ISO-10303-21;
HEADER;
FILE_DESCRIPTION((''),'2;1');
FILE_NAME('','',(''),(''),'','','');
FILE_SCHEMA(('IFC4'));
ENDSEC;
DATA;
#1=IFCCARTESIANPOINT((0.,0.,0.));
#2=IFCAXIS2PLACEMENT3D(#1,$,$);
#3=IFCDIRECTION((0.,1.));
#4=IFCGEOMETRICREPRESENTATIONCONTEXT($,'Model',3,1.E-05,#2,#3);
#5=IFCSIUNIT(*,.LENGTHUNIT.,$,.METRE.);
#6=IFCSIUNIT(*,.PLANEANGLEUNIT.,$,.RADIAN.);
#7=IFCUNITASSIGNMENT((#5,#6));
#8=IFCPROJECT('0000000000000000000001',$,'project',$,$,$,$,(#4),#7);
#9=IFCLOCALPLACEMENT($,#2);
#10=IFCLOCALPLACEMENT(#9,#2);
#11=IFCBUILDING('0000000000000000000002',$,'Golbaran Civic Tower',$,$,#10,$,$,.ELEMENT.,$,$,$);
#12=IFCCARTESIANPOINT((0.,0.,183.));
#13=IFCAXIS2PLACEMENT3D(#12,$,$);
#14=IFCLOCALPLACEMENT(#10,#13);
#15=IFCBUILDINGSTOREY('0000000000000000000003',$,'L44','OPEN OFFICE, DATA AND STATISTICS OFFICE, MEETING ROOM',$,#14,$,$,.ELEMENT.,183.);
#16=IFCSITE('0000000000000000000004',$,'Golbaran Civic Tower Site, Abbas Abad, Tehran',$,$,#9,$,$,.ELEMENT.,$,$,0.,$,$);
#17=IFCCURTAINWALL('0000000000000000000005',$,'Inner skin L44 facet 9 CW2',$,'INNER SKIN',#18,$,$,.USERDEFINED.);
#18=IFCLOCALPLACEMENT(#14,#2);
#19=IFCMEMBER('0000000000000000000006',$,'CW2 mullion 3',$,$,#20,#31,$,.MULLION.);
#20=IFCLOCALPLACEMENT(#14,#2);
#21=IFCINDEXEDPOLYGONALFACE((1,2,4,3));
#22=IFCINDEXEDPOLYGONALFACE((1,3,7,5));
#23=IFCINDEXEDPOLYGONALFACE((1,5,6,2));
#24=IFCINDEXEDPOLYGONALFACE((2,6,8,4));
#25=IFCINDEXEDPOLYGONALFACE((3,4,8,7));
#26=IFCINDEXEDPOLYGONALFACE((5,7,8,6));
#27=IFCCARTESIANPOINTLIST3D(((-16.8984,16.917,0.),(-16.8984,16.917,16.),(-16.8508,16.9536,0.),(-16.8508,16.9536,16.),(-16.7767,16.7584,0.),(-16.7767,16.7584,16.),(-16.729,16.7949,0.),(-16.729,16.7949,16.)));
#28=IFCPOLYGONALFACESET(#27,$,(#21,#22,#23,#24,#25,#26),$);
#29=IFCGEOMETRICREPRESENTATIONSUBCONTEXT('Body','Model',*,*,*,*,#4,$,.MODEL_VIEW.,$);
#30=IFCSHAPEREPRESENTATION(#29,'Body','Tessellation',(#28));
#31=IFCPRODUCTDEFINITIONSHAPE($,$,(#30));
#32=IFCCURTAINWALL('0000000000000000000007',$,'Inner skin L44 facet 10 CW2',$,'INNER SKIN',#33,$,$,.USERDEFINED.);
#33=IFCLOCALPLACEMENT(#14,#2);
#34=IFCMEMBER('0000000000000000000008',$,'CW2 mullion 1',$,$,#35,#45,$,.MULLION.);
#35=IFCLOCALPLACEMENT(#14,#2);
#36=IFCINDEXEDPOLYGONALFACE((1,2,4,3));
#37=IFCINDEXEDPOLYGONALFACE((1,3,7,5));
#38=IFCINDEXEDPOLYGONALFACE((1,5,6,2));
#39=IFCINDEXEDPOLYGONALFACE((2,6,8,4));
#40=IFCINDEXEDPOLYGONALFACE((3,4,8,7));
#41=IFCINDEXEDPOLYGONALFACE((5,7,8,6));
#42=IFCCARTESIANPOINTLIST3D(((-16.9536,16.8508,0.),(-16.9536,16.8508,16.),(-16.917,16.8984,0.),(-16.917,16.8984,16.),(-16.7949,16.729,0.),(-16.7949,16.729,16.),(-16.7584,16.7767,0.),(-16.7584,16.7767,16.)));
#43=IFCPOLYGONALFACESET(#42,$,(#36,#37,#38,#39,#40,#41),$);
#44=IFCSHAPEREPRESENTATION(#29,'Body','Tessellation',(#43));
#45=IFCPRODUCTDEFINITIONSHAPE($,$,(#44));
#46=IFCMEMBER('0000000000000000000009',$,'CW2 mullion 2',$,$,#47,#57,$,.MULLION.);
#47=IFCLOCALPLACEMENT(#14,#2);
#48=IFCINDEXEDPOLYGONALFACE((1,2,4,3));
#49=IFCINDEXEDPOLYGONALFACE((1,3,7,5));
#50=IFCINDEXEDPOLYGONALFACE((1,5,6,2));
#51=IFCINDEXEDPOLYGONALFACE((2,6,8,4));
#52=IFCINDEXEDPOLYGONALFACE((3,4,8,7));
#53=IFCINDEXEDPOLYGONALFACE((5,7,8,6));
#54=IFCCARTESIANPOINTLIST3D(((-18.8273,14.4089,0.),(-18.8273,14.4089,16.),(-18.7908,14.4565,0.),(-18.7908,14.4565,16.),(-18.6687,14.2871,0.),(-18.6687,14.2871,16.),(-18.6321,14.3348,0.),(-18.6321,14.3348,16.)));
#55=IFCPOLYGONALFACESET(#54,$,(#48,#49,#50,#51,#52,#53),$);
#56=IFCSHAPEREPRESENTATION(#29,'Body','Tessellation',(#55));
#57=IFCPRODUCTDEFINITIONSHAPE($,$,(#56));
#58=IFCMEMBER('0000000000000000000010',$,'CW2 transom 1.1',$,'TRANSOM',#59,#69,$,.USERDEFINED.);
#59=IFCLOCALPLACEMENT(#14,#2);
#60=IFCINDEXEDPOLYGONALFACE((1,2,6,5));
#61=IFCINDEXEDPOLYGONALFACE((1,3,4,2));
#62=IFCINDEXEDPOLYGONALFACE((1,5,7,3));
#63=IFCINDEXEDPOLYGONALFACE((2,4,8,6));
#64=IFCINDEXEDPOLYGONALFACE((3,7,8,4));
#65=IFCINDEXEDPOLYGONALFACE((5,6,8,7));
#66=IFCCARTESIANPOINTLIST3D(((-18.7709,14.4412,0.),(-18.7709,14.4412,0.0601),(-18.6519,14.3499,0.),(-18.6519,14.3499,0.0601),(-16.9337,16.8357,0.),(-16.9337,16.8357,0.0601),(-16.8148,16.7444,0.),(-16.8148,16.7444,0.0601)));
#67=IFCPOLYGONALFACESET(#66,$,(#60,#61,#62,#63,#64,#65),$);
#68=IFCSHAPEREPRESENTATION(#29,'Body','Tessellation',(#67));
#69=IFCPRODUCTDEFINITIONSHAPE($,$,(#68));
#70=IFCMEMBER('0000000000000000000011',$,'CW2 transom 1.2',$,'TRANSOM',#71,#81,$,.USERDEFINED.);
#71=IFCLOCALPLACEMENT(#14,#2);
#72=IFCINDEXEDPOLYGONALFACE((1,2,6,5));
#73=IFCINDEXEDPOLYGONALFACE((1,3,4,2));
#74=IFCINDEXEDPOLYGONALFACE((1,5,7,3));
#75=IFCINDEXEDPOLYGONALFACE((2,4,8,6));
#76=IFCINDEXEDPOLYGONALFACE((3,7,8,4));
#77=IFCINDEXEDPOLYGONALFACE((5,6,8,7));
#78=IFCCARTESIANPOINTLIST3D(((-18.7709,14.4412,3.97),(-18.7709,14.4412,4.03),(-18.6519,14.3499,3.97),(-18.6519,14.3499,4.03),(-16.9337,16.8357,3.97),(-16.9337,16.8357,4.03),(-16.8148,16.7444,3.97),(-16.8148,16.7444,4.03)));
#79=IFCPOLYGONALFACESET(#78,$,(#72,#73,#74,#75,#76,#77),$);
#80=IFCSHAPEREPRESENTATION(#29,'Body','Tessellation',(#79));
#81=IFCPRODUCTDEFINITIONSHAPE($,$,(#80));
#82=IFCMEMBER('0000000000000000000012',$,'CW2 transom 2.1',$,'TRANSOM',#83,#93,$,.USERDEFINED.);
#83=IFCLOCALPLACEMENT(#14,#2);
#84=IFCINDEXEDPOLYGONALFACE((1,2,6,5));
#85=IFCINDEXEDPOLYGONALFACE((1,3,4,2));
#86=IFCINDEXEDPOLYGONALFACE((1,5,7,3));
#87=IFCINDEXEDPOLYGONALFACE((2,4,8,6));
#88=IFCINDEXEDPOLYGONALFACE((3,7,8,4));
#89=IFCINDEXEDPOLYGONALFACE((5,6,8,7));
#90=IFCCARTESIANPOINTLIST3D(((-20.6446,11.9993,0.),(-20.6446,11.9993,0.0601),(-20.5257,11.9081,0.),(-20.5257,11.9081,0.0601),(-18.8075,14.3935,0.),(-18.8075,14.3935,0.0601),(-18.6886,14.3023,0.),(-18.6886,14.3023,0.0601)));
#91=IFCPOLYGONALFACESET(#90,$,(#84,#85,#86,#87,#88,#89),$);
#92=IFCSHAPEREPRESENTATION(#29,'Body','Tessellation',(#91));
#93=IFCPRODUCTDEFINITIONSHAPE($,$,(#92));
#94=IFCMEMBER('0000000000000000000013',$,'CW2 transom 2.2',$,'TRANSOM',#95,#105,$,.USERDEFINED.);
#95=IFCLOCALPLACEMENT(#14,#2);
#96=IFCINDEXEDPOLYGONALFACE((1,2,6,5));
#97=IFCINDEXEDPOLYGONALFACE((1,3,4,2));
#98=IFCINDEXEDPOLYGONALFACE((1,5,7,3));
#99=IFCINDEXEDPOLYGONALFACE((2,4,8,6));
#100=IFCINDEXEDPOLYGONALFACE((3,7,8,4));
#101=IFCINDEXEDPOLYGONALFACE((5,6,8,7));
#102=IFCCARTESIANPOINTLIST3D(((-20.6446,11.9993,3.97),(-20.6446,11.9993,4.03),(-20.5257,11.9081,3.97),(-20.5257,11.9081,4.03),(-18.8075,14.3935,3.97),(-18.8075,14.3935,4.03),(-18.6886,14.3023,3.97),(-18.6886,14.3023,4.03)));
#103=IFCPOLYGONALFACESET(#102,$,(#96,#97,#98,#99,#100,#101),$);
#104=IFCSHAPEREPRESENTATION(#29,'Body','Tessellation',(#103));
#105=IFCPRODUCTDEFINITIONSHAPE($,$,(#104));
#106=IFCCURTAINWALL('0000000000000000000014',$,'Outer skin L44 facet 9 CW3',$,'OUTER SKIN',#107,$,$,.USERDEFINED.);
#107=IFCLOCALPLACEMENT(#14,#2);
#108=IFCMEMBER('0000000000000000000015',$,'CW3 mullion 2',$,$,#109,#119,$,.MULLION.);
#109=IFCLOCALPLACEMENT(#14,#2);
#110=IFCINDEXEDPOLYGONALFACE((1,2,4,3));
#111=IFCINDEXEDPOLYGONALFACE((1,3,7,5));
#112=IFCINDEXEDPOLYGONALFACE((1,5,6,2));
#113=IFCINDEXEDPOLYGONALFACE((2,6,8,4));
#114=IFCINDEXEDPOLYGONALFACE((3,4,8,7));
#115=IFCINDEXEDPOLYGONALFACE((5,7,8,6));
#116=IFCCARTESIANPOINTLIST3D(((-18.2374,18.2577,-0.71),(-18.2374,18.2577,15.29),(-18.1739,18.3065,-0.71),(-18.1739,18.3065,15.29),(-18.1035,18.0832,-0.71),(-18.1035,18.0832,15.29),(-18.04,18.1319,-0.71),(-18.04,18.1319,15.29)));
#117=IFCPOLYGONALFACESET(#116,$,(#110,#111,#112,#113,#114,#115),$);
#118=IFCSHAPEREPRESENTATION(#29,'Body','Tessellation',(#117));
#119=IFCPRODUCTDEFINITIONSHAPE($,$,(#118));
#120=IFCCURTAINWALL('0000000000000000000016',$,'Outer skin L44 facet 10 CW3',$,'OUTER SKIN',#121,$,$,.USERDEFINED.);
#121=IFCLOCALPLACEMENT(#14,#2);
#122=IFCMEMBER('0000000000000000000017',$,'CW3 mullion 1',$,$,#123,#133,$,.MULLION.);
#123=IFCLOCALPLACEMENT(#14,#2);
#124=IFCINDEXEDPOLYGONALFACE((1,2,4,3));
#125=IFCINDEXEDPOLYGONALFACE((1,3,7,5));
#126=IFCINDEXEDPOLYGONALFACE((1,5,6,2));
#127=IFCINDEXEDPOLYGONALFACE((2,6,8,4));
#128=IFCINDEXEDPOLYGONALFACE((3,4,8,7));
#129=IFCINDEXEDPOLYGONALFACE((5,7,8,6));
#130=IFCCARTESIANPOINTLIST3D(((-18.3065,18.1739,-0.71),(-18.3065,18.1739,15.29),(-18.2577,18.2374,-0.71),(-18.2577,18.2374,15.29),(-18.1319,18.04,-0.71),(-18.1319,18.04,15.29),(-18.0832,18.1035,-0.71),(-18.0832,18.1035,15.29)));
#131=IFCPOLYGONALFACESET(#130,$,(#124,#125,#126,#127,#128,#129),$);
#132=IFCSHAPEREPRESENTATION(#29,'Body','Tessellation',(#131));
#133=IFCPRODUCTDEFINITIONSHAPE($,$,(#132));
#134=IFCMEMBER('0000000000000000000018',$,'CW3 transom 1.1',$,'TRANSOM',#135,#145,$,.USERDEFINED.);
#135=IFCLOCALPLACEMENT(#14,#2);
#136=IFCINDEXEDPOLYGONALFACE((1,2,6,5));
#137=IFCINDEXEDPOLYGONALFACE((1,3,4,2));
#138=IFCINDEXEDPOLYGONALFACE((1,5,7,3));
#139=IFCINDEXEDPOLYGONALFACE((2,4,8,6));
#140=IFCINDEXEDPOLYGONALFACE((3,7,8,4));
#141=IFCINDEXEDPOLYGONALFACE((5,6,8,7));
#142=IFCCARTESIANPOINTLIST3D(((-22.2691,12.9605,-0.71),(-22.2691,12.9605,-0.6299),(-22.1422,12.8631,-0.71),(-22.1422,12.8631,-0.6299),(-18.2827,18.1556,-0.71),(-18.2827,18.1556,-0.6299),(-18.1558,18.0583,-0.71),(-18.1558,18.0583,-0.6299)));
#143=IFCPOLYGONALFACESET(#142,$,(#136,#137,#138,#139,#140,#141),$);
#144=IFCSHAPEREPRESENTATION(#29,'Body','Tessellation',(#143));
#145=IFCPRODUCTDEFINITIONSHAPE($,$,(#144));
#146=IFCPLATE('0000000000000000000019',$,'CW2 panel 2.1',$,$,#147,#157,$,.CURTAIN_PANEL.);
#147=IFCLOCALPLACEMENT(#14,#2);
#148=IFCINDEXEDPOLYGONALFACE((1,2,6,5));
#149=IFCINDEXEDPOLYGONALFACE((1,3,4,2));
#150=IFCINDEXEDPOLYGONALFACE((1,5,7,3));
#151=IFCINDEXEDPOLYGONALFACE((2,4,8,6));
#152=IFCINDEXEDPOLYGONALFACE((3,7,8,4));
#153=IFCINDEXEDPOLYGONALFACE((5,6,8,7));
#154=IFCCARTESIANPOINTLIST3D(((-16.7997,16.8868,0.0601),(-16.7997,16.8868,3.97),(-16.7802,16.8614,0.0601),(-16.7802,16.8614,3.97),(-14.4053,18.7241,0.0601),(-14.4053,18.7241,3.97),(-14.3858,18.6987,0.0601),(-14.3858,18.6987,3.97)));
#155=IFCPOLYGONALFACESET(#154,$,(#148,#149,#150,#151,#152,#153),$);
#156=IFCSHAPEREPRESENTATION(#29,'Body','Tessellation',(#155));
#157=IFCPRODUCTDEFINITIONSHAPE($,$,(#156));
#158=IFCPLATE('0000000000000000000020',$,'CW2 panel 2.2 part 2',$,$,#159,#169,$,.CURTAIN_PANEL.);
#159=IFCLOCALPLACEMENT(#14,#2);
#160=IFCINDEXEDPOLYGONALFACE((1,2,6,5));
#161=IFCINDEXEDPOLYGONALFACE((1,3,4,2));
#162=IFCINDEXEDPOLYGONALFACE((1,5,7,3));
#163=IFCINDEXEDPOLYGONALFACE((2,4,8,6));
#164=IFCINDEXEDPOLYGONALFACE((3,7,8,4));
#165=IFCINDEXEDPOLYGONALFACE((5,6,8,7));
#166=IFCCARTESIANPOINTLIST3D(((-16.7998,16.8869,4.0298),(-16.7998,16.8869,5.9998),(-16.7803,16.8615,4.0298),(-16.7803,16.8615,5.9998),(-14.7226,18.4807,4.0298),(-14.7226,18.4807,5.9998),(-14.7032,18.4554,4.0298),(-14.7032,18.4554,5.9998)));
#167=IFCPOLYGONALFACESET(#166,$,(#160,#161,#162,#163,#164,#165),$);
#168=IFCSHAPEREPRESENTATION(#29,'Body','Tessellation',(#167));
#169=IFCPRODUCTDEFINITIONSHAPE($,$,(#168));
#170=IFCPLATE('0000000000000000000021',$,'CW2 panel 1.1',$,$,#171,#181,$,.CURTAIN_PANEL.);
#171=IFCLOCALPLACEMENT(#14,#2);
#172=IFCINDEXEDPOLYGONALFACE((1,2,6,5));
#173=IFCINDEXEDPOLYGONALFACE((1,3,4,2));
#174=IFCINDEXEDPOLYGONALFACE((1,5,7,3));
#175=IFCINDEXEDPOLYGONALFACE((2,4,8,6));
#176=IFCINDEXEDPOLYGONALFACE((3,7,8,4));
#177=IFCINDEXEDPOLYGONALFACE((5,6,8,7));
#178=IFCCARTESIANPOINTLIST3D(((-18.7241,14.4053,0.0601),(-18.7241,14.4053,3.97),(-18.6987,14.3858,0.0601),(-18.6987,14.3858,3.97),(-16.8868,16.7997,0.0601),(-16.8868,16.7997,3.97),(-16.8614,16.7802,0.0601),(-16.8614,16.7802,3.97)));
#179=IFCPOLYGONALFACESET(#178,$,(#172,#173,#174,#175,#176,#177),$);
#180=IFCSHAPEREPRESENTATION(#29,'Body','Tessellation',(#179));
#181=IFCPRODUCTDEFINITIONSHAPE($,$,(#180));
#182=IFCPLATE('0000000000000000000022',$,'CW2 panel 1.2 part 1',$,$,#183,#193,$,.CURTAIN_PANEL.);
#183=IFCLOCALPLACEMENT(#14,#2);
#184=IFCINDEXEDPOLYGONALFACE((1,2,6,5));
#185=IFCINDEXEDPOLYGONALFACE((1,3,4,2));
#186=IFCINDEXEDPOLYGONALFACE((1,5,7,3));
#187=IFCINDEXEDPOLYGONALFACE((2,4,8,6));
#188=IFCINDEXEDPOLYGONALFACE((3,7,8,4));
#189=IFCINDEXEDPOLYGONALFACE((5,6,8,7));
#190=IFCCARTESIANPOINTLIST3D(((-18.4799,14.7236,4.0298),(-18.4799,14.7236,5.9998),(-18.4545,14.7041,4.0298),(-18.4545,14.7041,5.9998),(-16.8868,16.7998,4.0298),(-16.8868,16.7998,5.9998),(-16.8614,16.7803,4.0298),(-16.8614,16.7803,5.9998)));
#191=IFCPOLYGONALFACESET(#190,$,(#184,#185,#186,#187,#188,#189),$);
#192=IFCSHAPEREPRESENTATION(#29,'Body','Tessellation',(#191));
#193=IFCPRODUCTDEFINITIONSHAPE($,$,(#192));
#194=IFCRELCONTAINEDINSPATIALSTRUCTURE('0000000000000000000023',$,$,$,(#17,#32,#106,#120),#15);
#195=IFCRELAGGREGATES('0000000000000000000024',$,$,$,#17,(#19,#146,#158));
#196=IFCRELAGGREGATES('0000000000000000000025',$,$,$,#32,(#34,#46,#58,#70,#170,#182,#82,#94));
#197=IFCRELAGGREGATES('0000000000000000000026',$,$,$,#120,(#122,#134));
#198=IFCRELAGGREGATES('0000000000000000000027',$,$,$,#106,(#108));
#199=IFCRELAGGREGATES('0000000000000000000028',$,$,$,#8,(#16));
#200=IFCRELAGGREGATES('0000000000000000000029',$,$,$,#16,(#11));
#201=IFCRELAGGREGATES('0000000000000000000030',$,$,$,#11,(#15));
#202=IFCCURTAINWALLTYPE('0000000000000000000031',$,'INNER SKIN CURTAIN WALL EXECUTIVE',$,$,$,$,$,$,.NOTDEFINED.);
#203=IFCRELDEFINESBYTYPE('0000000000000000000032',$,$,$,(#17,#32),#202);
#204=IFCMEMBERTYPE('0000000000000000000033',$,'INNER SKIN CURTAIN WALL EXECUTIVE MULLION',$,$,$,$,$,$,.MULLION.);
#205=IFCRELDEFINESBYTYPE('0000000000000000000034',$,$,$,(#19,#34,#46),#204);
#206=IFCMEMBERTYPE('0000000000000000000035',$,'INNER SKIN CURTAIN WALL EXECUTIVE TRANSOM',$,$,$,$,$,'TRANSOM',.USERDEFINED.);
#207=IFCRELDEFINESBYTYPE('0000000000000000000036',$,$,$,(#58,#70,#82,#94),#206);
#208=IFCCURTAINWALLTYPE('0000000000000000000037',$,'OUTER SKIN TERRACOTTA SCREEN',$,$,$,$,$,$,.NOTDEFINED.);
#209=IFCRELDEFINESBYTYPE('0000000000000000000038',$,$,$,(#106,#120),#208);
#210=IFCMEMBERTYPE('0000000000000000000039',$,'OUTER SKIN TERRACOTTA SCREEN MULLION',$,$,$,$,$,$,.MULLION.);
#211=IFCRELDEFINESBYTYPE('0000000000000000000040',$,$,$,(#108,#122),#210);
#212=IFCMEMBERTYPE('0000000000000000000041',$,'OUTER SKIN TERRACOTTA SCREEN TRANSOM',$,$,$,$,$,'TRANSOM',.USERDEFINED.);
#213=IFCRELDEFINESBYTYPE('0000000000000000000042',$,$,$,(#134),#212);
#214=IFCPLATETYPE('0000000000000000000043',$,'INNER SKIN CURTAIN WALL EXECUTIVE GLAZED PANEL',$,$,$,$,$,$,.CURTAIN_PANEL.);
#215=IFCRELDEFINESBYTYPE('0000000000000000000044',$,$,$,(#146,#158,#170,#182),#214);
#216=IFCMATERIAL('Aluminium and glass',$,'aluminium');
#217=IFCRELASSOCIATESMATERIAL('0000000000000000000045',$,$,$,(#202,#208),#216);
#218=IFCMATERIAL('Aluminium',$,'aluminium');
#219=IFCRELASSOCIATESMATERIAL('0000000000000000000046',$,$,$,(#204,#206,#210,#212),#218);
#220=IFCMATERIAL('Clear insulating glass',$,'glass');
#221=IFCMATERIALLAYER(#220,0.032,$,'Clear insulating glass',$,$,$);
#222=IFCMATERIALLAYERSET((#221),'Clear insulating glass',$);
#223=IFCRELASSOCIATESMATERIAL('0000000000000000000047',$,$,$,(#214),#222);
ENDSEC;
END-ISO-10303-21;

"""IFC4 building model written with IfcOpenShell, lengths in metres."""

from ifc_helpers import new_model, si_unit, direction, frame, origin, origin_2d, place, context, subcontext, project, spatial, rectangle, extrude, material, layer, layer_set, material_profile, profile_set, type_object, element, aggregate, save


model = new_model("IFC4")

# Units and contexts
model_context = context("Model", 3, precision=1e-05, world=origin(), true_north=direction((0.0, 1.0)))
body_context = subcontext(model_context, "Body", "Model", "MODEL_VIEW")
ifc_project = project(units=[si_unit("LENGTHUNIT", "METRE"), si_unit("PLANEANGLEUNIT", "RADIAN")], contexts=[model_context])

# Site, building, storey
site_placement = place(None, origin())
site = spatial("IfcSite", under=ifc_project, at=site_placement, Name="Golbaran Civic Tower Site, Abbas Abad, Tehran", CompositionType="ELEMENT", RefElevation=0.0)
building_placement = place(site_placement, origin())
building = spatial("IfcBuilding", under=site, at=building_placement, Name="Golbaran Civic Tower", CompositionType="ELEMENT")
storey_placement = place(building_placement, frame((0.0, 0.0, 183.0)))
storey = spatial("IfcBuildingStorey", under=building, at=storey_placement, Name="L44", Description="OPEN OFFICE, DATA AND STATISTICS OFFICE, MEETING ROOM", CompositionType="ELEMENT", Elevation=183.0)

# Curtain wall, member
ifc_material_1 = material(Name="Aluminium and glass", Category="aluminium")
curtain_wall_type_1 = type_object("IfcCurtainWallType", Name="INNER SKIN CURTAIN WALL EXECUTIVE", PredefinedType="NOTDEFINED", material=ifc_material_1)
curtain_wall_1_placement = place(storey_placement, origin())
curtain_wall_1 = element("IfcCurtainWall", 1, at=curtain_wall_1_placement, inside=storey, type_object=curtain_wall_type_1, Name="Inner skin L44 facet 9 CW2", ObjectType="INNER SKIN", PredefinedType="USERDEFINED")
ifc_material_2 = material(Name="Aluminium", Category="aluminium")
ifc_material_profile_1 = material_profile(ifc_material_2, rectangle(XDim=0.2, YDim=0.0601, at=origin_2d()), Name="INNER SKIN CURTAIN WALL EXECUTIVE MULLION")
ifc_profile_set_1 = profile_set([ifc_material_profile_1], Name="Aluminium")
member_type_1 = type_object("IfcMemberType", Name="INNER SKIN CURTAIN WALL EXECUTIVE MULLION", PredefinedType="MULLION", material=ifc_profile_set_1)
member_1_placement = place(storey_placement, frame((-16.8137, 16.856, 0.0), z_axis=(0.0, 0.0, 1.0), x_axis=(0.608761, -0.793353, 0.0)))
member_1 = element("IfcMember", 2, at=member_1_placement, type_object=member_type_1, Name="CW2 mullion 3", PredefinedType="MULLION", context=body_context, shape_type="SweptSolid", body=[
    extrude(rectangle(XDim=0.2, YDim=0.0601, at=origin_2d()), origin(), (0.0, 0.0, 1.0), 16.0),
])

# Curtain wall, members
curtain_wall_2_placement = place(storey_placement, origin())
curtain_wall_2 = element("IfcCurtainWall", 3, at=curtain_wall_2_placement, inside=storey, type_object=curtain_wall_type_1, Name="Inner skin L44 facet 10 CW2", ObjectType="INNER SKIN", PredefinedType="USERDEFINED")
member_2_placement = place(storey_placement, frame((-16.856, 16.8137, 0.0), z_axis=(0.0, 0.0, 1.0), x_axis=(0.793353, -0.608761, 0.0)))
member_2 = element("IfcMember", 4, at=member_2_placement, type_object=member_type_1, Name="CW2 mullion 1", PredefinedType="MULLION", context=body_context, shape_type="SweptSolid", body=[
    extrude(rectangle(XDim=0.2, YDim=0.0601, at=origin_2d()), origin(), (0.0, 0.0, 1.0), 16.0),
])
member_3_placement = place(storey_placement, frame((-18.7297, 14.3718, 0.0), z_axis=(0.0, 0.0, 1.0), x_axis=(0.793353, -0.608761, 0.0)))
member_3 = element("IfcMember", 5, at=member_3_placement, type_object=member_type_1, Name="CW2 mullion 2", PredefinedType="MULLION", context=body_context, shape_type="SweptSolid", body=[
    extrude(rectangle(XDim=0.2, YDim=0.0601, at=origin_2d()), origin(), (0.0, 0.0, 1.0), 16.0),
])
ifc_material_profile_2 = material_profile(ifc_material_2, rectangle(XDim=0.1499, YDim=0.0601, at=origin_2d()), Name="INNER SKIN CURTAIN WALL EXECUTIVE TRANSOM")
ifc_profile_set_2 = profile_set([ifc_material_profile_2], Name="Aluminium")
member_type_2 = type_object("IfcMemberType", Name="INNER SKIN CURTAIN WALL EXECUTIVE TRANSOM", ElementType="TRANSOM", PredefinedType="USERDEFINED", material=ifc_profile_set_2)
member_4_placement = place(storey_placement, frame((-16.8743, 16.79, 0.03), z_axis=(-0.608713, -0.79339, 0.0), x_axis=(0.79339, -0.608713, 0.0)))
member_4 = element("IfcMember", 6, at=member_4_placement, type_object=member_type_2, Name="CW2 transom 1.1", ObjectType="TRANSOM", PredefinedType="USERDEFINED", context=body_context, shape_type="SweptSolid", body=[
    extrude(rectangle(XDim=0.1499, YDim=0.0601, at=origin_2d()), origin(), (0.0, 0.0, 1.0), 3.0181),
])
member_5_placement = place(storey_placement, frame((-16.8743, 16.79, 4.0), z_axis=(-0.608713, -0.79339, 0.0), x_axis=(0.79339, -0.608713, 0.0)))
member_5 = element("IfcMember", 7, at=member_5_placement, type_object=member_type_2, Name="CW2 transom 1.2", ObjectType="TRANSOM", PredefinedType="USERDEFINED", context=body_context, shape_type="SweptSolid", body=[
    extrude(rectangle(XDim=0.1499, YDim=0.0601, at=origin_2d()), origin(), (0.0, 0.0, 1.0), 3.0181),
])
member_6_placement = place(storey_placement, frame((-18.748, 14.3479, 0.03), z_axis=(-0.608752, -0.79336, 0.0), x_axis=(0.79336, -0.608752, 0.0)))
member_6 = element("IfcMember", 8, at=member_6_placement, type_object=member_type_2, Name="CW2 transom 2.1", ObjectType="TRANSOM", PredefinedType="USERDEFINED", context=body_context, shape_type="SweptSolid", body=[
    extrude(rectangle(XDim=0.1499, YDim=0.0601, at=origin_2d()), origin(), (0.0, 0.0, 1.0), 3.0178),
])
member_7_placement = place(storey_placement, frame((-18.748, 14.3479, 4.0), z_axis=(-0.608752, -0.79336, 0.0), x_axis=(0.79336, -0.608752, 0.0)))
member_7 = element("IfcMember", 9, at=member_7_placement, type_object=member_type_2, Name="CW2 transom 2.2", ObjectType="TRANSOM", PredefinedType="USERDEFINED", context=body_context, shape_type="SweptSolid", body=[
    extrude(rectangle(XDim=0.1499, YDim=0.0601, at=origin_2d()), origin(), (0.0, 0.0, 1.0), 3.0178),
])

# Curtain wall, member
curtain_wall_type_2 = type_object("IfcCurtainWallType", Name="OUTER SKIN TERRACOTTA SCREEN", PredefinedType="NOTDEFINED", material=ifc_material_1)
curtain_wall_3_placement = place(storey_placement, origin())
curtain_wall_3 = element("IfcCurtainWall", 10, at=curtain_wall_3_placement, inside=storey, type_object=curtain_wall_type_2, Name="Outer skin L44 facet 9 CW3", ObjectType="OUTER SKIN", PredefinedType="USERDEFINED")
ifc_material_profile_3 = material_profile(ifc_material_2, rectangle(XDim=0.22, YDim=0.0801, at=origin_2d()), Name="OUTER SKIN TERRACOTTA SCREEN MULLION")
ifc_profile_set_3 = profile_set([ifc_material_profile_3], Name="Aluminium")
member_type_3 = type_object("IfcMemberType", Name="OUTER SKIN TERRACOTTA SCREEN MULLION", PredefinedType="MULLION", material=ifc_profile_set_3)
member_8_placement = place(storey_placement, frame((-18.1387, 18.1948, -0.71), z_axis=(0.0, 0.0, 1.0), x_axis=(0.608761, -0.793353, 0.0)))
member_8 = element("IfcMember", 11, at=member_8_placement, type_object=member_type_3, Name="CW3 mullion 2", PredefinedType="MULLION", context=body_context, shape_type="SweptSolid", body=[
    extrude(rectangle(XDim=0.22, YDim=0.0801, at=origin_2d()), origin(), (0.0, 0.0, 1.0), 16.0),
])

# Curtain wall, members
curtain_wall_4_placement = place(storey_placement, origin())
curtain_wall_4 = element("IfcCurtainWall", 12, at=curtain_wall_4_placement, inside=storey, type_object=curtain_wall_type_2, Name="Outer skin L44 facet 10 CW3", ObjectType="OUTER SKIN", PredefinedType="USERDEFINED")
member_9_placement = place(storey_placement, frame((-18.1948, 18.1387, -0.71), z_axis=(0.0, 0.0, 1.0), x_axis=(0.793353, -0.608761, 0.0)))
member_9 = element("IfcMember", 13, at=member_9_placement, type_object=member_type_3, Name="CW3 mullion 1", PredefinedType="MULLION", context=body_context, shape_type="SweptSolid", body=[
    extrude(rectangle(XDim=0.22, YDim=0.0801, at=origin_2d()), origin(), (0.0, 0.0, 1.0), 16.0),
])
ifc_material_profile_4 = material_profile(ifc_material_2, rectangle(XDim=0.1599, YDim=0.0801, at=origin_2d()), Name="OUTER SKIN TERRACOTTA SCREEN TRANSOM")
ifc_profile_set_4 = profile_set([ifc_material_profile_4], Name="Aluminium")
member_type_4 = type_object("IfcMemberType", Name="OUTER SKIN TERRACOTTA SCREEN TRANSOM", ElementType="TRANSOM", PredefinedType="USERDEFINED", material=ifc_profile_set_4)
member_10_placement = place(storey_placement, frame((-18.2192, 18.1069, -0.6699), z_axis=(-0.608763, -0.793352, 0.0), x_axis=(0.793352, -0.608763, 0.0)))
member_10 = element("IfcMember", 14, at=member_10_placement, type_object=member_type_4, Name="CW3 transom 1.1", ObjectType="TRANSOM", PredefinedType="USERDEFINED", context=body_context, shape_type="SweptSolid", body=[
    extrude(rectangle(XDim=0.1599, YDim=0.0801, at=origin_2d()), origin(), (0.0, 0.0, 1.0), 6.5483),
])

# Plates
ifc_material_3 = material(Name="Clear insulating glass", Category="glass")
ifc_layer_1 = layer(ifc_material_3, 0.032, Name="Clear insulating glass")
ifc_layer_set_1 = layer_set([ifc_layer_1], Name="Clear insulating glass")
plate_type_1 = type_object("IfcPlateType", Name="INNER SKIN CURTAIN WALL EXECUTIVE GLAZED PANEL", PredefinedType="CURTAIN_PANEL", material=ifc_layer_set_1)
plate_1_placement = place(storey_placement, frame((-15.5928, 17.7927, 0.0601), z_axis=(0.0, 0.0, 1.0), x_axis=(-0.793353, -0.608761, 0.0)))
plate_1 = element("IfcPlate", 15, at=plate_1_placement, type_object=plate_type_1, Name="CW2 panel 2.1", PredefinedType="CURTAIN_PANEL", context=body_context, shape_type="SweptSolid", body=[
    extrude(rectangle(XDim=3.0181, YDim=0.032, at=origin_2d()), origin(), (0.0, 0.0, 1.0), 3.9099),
])
plate_2_placement = place(storey_placement, frame((-15.7515, 17.6711, 4.0298), z_axis=(0.0, 0.0, 1.0), x_axis=(-0.793353, -0.608761, 0.0)))
plate_2 = element("IfcPlate", 16, at=plate_2_placement, type_object=plate_type_1, Name="CW2 panel 2.2 part 2", PredefinedType="CURTAIN_PANEL", context=body_context, shape_type="SweptSolid", body=[
    extrude(rectangle(XDim=2.6182, YDim=0.032, at=origin_2d()), origin(), (0.0, 0.0, 1.0), 1.97),
])
aggregate(curtain_wall_1, [member_1, plate_1, plate_2])
plate_3_placement = place(storey_placement, frame((-17.7927, 15.5928, 0.0601), z_axis=(0.0, 0.0, 1.0), x_axis=(-0.608761, -0.793353, 0.0)))
plate_3 = element("IfcPlate", 17, at=plate_3_placement, type_object=plate_type_1, Name="CW2 panel 1.1", PredefinedType="CURTAIN_PANEL", context=body_context, shape_type="SweptSolid", body=[
    extrude(rectangle(XDim=3.0181, YDim=0.032, at=origin_2d()), origin(), (0.0, 0.0, 1.0), 3.9099),
])
plate_4_placement = place(storey_placement, frame((-17.6707, 15.752, 4.0298), z_axis=(0.0, 0.0, 1.0), x_axis=(-0.608761, -0.793353, 0.0)))
plate_4 = element("IfcPlate", 18, at=plate_4_placement, type_object=plate_type_1, Name="CW2 panel 1.2 part 1", PredefinedType="CURTAIN_PANEL", context=body_context, shape_type="SweptSolid", body=[
    extrude(rectangle(XDim=2.6169, YDim=0.032, at=origin_2d()), origin(), (0.0, 0.0, 1.0), 1.97),
])
aggregate(curtain_wall_2, [member_2, member_3, member_4, member_5, plate_3, plate_4, member_6, member_7])
aggregate(curtain_wall_4, [member_9, member_10])
aggregate(curtain_wall_3, [member_8])

save(model, "model.ifc")
